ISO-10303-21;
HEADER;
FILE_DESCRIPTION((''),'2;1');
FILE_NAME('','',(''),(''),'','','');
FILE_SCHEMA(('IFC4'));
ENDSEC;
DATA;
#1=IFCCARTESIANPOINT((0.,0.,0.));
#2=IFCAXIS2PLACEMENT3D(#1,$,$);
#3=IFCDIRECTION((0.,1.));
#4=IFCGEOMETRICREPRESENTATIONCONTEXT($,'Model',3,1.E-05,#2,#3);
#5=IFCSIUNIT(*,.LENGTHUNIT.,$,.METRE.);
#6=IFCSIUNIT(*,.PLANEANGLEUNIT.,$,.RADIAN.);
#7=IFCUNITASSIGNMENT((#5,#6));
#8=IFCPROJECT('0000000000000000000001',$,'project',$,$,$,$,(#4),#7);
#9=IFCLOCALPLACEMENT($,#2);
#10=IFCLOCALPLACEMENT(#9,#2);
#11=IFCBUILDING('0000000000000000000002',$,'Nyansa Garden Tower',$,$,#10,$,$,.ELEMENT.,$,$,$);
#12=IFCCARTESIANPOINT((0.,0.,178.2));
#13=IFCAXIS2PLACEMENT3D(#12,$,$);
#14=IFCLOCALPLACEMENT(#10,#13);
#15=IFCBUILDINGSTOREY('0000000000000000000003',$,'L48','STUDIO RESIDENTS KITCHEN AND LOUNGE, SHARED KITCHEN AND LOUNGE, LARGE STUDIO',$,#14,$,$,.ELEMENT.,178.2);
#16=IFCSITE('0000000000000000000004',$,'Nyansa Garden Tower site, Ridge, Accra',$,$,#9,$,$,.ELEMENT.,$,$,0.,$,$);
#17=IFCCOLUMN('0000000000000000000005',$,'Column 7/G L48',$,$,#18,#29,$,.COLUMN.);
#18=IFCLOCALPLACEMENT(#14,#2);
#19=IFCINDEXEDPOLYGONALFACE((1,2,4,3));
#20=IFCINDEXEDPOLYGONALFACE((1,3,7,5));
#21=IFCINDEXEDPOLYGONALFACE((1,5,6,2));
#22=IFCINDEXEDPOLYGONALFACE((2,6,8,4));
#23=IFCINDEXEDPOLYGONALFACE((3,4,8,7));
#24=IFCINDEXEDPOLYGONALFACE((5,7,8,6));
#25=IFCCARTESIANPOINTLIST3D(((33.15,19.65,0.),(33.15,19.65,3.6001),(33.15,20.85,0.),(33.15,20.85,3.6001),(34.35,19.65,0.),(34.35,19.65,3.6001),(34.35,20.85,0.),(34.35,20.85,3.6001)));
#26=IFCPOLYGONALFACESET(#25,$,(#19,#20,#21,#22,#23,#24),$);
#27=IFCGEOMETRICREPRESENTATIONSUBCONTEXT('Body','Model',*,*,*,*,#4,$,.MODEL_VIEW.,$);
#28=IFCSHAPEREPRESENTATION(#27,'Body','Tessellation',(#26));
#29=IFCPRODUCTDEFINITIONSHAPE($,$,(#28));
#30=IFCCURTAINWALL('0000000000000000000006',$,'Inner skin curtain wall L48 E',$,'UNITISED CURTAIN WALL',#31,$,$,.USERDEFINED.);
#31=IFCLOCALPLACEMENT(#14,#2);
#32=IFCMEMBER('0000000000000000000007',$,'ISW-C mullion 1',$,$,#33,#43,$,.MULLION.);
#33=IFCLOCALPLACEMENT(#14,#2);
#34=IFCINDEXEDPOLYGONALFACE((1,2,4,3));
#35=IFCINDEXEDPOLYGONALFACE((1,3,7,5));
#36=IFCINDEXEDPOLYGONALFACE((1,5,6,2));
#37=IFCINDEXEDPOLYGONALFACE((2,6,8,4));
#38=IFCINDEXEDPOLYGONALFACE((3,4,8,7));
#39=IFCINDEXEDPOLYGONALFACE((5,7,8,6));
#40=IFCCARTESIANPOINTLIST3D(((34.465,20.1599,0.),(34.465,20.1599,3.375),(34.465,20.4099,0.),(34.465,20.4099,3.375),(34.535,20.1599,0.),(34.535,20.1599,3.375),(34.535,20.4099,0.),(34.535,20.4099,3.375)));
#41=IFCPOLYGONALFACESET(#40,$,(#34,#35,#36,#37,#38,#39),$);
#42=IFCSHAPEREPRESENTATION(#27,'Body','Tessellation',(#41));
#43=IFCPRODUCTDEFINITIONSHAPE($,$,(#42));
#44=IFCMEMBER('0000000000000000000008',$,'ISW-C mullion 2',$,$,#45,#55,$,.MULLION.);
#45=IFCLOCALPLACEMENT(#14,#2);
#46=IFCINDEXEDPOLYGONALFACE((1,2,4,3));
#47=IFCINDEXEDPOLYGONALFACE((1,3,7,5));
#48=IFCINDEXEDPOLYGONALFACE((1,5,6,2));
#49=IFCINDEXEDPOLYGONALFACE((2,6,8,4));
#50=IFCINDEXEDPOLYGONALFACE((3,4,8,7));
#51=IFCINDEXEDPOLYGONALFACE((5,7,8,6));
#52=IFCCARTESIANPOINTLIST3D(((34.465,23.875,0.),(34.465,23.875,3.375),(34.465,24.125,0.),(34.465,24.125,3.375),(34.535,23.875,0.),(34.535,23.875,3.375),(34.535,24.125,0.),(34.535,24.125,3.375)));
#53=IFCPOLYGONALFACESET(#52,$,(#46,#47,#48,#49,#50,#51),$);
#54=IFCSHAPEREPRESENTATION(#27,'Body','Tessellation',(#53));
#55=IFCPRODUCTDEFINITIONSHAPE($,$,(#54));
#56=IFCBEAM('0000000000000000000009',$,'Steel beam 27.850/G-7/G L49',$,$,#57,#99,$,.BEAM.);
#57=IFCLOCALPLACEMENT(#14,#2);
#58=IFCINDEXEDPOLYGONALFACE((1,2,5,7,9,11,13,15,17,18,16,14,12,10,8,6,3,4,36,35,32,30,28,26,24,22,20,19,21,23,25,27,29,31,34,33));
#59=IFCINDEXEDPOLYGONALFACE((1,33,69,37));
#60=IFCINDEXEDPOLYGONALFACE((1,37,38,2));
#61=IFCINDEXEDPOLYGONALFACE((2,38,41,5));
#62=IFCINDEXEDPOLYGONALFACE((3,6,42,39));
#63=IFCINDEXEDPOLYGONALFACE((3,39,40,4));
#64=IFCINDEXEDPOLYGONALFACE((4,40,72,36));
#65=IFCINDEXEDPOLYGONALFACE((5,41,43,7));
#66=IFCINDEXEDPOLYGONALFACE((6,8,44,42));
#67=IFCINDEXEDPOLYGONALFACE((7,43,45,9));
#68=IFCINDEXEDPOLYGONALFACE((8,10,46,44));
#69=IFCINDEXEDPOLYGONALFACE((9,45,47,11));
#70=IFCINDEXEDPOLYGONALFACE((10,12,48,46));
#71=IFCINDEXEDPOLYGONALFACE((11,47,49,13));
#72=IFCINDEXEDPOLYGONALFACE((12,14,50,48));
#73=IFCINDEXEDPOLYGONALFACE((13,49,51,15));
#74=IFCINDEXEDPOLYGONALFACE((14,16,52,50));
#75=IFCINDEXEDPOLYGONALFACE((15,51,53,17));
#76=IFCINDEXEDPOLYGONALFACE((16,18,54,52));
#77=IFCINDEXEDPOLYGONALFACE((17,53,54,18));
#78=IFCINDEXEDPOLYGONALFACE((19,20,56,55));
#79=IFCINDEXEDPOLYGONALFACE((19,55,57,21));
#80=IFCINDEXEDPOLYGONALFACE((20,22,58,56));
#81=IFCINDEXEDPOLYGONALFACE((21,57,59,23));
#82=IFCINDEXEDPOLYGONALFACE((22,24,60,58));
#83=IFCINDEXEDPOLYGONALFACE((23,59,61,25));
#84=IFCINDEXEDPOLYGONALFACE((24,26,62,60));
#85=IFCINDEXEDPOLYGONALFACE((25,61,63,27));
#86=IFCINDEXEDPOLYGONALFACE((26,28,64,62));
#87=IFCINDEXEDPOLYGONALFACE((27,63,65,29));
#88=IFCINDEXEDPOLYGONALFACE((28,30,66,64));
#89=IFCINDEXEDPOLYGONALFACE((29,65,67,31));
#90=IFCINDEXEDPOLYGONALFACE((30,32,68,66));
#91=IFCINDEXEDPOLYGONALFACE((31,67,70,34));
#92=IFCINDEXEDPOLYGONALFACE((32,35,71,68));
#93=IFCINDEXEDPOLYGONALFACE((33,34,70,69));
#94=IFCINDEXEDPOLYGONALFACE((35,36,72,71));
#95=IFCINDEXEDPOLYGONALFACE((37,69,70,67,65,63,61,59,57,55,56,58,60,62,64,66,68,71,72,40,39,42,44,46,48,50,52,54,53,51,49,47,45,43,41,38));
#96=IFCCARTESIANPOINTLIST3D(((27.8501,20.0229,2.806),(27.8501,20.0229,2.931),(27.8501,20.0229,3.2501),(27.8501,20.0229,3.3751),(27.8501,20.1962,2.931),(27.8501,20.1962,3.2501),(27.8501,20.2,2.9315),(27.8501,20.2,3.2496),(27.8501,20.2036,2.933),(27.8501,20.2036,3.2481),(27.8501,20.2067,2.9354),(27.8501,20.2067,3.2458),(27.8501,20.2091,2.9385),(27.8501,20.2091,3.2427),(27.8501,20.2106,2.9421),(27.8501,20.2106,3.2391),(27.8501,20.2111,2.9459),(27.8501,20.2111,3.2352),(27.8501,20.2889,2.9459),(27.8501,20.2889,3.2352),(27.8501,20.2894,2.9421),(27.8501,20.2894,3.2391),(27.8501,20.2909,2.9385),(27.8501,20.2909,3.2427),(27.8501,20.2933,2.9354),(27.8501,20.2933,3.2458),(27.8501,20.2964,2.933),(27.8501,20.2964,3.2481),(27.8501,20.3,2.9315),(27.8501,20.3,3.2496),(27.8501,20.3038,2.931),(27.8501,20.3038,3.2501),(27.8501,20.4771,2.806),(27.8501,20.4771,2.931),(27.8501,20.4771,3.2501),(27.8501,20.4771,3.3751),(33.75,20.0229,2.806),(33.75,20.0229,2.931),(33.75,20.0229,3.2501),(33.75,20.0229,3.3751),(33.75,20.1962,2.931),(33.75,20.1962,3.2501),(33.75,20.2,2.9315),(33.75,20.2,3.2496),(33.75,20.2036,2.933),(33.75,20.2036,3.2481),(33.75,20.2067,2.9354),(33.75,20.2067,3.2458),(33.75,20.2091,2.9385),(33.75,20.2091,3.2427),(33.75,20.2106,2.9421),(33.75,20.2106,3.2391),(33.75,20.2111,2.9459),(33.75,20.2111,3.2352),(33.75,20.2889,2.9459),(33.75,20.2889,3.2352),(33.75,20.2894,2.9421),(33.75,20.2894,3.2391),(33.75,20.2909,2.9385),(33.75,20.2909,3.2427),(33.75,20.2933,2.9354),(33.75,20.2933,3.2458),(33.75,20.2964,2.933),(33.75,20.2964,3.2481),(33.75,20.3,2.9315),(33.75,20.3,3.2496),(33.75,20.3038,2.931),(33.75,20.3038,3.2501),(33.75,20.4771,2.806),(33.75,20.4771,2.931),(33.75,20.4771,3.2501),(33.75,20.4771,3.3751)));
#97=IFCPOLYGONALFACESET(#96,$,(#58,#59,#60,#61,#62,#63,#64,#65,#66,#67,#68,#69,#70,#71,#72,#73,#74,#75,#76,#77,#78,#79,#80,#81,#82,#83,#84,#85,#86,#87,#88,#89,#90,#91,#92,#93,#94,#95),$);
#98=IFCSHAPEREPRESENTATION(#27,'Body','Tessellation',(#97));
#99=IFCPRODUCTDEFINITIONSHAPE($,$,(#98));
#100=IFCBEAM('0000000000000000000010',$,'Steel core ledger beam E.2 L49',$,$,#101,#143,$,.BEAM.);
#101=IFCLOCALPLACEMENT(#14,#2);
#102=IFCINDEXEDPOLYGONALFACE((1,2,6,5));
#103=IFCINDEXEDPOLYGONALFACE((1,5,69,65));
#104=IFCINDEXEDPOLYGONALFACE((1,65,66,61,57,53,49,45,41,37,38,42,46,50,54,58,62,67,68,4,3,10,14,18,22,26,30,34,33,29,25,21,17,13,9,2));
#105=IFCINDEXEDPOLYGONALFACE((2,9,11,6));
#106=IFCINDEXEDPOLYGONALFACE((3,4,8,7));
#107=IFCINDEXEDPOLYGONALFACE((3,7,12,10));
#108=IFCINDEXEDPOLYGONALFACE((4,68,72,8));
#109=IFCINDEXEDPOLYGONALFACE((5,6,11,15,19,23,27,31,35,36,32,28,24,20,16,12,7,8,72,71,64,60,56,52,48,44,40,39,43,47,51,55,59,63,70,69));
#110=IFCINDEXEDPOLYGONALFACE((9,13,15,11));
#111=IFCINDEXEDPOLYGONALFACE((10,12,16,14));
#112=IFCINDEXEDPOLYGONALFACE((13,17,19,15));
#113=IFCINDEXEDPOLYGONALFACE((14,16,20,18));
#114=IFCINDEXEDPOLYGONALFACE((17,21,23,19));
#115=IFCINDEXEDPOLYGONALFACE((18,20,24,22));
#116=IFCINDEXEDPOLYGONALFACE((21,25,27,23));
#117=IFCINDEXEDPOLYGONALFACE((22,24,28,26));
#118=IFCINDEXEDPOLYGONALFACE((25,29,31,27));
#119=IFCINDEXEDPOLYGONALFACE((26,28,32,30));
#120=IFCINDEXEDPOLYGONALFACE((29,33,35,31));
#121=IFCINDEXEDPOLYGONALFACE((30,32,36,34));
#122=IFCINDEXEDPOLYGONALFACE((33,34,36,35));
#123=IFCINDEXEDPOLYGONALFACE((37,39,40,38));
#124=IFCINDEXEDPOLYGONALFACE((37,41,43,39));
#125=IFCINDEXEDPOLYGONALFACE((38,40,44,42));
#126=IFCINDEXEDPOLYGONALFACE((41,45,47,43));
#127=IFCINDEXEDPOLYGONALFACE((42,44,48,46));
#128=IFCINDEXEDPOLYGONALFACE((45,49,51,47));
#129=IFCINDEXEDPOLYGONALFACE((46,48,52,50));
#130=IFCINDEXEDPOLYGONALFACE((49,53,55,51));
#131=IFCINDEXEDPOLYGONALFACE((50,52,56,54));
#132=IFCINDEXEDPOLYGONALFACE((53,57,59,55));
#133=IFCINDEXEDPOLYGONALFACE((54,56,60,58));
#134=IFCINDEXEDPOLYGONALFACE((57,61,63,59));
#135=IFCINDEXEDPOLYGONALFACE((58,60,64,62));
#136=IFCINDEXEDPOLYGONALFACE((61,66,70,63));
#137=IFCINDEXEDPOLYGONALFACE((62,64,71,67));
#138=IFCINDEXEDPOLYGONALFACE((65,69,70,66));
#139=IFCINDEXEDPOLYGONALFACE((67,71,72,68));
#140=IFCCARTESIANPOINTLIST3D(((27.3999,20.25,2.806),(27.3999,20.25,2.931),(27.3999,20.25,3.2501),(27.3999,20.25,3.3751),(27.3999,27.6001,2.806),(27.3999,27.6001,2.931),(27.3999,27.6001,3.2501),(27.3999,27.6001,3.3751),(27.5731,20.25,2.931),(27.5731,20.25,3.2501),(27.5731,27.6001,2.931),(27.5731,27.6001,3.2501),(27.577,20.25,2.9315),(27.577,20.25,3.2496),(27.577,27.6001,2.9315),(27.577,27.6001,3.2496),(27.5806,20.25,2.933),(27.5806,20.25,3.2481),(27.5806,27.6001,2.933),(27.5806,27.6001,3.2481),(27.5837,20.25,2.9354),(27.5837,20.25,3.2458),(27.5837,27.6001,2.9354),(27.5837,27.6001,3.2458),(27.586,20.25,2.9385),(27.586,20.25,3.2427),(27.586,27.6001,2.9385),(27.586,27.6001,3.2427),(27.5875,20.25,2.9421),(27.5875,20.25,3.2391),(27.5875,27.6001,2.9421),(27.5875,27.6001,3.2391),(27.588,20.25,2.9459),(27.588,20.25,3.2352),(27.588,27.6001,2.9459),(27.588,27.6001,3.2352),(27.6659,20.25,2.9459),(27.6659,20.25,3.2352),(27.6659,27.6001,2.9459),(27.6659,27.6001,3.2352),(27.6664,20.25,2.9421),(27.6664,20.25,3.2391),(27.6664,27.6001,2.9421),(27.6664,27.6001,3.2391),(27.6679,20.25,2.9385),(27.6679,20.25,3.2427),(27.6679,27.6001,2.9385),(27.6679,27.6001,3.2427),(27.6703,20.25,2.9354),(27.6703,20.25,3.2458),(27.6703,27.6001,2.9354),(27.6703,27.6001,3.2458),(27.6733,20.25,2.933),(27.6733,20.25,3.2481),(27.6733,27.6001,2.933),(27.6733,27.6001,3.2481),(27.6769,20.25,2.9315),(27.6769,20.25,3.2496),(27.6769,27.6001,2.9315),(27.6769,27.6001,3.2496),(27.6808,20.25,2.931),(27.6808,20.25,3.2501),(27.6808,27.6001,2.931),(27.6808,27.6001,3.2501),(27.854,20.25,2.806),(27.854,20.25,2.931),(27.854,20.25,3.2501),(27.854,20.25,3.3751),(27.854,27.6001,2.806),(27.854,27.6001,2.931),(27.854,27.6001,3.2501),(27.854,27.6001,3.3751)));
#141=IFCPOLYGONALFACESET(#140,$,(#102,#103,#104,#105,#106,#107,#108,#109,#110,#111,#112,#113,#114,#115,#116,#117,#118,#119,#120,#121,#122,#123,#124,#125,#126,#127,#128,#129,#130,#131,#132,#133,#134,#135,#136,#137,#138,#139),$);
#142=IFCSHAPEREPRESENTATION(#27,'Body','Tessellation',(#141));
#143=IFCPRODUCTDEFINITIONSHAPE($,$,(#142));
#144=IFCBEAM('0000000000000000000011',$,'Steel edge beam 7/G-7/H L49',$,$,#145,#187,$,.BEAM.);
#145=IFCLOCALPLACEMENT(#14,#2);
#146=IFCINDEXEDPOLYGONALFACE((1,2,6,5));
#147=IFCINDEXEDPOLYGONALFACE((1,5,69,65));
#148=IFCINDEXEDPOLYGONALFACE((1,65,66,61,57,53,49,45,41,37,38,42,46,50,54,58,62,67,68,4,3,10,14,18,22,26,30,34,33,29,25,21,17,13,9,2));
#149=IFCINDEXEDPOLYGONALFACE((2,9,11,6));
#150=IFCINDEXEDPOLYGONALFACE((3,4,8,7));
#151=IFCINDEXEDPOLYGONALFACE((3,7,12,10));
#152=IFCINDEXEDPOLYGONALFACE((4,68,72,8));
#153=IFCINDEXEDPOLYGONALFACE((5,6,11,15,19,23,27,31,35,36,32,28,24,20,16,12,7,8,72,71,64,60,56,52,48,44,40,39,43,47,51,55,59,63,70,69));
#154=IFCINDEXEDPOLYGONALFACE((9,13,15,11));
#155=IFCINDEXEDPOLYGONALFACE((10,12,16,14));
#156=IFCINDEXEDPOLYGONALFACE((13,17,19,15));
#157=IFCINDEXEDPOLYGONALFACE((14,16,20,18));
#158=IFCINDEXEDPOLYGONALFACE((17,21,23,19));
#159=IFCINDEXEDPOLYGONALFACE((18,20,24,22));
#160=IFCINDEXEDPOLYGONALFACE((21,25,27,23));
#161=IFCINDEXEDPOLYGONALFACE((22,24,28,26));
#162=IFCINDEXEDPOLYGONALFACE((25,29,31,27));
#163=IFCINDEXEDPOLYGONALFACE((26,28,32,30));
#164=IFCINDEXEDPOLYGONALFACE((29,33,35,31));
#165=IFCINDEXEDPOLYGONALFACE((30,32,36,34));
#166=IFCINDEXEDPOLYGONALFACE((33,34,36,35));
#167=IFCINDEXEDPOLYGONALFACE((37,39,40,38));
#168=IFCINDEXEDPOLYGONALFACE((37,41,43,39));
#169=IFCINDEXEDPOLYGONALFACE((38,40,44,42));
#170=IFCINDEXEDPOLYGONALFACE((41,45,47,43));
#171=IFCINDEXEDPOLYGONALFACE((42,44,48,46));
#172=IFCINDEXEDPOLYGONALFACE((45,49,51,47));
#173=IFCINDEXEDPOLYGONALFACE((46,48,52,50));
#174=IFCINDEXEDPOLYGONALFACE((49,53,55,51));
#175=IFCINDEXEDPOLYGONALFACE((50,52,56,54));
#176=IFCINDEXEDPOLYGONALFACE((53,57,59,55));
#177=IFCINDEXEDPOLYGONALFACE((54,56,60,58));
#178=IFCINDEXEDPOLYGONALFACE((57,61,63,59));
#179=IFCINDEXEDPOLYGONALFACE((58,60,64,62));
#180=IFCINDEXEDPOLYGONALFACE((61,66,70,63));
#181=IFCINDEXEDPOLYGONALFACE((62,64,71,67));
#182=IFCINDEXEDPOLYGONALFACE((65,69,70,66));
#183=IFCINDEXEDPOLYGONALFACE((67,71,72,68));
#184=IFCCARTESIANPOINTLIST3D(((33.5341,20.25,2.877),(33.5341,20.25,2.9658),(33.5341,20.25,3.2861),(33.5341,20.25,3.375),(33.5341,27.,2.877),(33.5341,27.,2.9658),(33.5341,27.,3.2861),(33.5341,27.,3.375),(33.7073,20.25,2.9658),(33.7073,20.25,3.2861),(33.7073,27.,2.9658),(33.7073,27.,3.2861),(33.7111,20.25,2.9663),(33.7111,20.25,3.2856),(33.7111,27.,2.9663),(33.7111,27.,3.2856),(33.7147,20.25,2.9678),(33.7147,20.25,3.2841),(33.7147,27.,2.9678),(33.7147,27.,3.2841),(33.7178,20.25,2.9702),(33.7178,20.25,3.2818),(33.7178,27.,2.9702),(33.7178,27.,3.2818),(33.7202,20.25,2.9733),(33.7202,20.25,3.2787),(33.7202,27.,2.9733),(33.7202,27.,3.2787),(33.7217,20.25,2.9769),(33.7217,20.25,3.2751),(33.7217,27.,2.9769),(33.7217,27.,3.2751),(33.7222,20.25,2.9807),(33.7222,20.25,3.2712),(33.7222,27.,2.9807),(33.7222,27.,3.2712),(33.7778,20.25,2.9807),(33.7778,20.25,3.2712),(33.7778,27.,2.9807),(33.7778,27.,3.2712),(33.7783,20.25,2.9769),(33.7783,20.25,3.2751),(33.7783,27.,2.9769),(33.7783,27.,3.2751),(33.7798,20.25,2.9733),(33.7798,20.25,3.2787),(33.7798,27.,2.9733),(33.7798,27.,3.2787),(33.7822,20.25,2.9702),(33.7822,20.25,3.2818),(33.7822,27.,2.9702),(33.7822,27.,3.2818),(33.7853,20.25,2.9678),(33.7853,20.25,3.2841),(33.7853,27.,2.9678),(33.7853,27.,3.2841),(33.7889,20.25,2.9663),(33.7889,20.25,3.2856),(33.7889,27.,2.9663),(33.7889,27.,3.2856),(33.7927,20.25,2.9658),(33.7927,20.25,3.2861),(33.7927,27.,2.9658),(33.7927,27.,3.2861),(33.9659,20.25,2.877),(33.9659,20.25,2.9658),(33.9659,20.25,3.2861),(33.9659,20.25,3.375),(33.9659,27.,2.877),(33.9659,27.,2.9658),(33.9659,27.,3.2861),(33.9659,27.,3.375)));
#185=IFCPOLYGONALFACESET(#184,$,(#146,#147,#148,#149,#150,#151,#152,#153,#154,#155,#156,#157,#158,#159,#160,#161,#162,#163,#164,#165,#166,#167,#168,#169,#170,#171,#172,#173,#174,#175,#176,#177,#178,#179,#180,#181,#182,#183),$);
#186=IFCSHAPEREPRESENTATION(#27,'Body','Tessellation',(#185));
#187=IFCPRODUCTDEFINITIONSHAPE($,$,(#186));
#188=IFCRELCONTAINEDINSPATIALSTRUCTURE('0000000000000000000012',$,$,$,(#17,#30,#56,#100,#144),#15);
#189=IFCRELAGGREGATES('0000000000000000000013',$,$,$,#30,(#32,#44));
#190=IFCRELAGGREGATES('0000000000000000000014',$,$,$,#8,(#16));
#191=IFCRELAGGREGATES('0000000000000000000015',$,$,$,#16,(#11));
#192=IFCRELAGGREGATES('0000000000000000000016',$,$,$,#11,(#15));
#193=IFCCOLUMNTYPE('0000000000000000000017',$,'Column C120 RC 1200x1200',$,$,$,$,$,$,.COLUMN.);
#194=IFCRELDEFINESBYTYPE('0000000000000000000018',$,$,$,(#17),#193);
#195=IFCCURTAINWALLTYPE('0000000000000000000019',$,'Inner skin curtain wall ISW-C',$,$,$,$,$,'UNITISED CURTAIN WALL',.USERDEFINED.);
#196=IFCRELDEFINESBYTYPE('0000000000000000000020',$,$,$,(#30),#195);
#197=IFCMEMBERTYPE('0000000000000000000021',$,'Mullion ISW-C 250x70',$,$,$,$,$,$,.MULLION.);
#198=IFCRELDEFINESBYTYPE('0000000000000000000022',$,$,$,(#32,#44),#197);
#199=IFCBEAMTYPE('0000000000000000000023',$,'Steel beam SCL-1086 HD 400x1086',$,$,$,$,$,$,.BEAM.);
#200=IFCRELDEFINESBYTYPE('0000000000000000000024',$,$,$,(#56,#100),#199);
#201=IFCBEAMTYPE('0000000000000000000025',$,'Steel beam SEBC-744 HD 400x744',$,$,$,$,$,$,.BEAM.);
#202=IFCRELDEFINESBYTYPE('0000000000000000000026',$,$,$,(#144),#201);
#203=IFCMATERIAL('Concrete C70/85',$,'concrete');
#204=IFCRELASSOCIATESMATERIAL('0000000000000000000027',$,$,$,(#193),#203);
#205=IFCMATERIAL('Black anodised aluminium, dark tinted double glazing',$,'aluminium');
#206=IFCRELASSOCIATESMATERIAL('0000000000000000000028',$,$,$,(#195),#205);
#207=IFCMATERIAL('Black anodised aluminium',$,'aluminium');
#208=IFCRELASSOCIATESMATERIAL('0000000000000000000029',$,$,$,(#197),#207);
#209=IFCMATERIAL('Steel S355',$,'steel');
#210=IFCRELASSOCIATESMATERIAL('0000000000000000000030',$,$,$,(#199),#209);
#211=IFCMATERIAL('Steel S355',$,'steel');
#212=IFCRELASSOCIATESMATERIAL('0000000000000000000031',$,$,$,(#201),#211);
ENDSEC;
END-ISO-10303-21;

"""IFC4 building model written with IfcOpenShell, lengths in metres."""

from ifc_helpers import new_model, si_unit, direction, frame, origin, origin_2d, place, context, subcontext, project, spatial, rectangle, i_section, extrude, material, material_profile, profile_set, type_object, element, aggregate, save


model = new_model("IFC4")

# Units and contexts
model_context = context("Model", 3, precision=1e-05, world=origin(), true_north=direction((0.0, 1.0)))
body_context = subcontext(model_context, "Body", "Model", "MODEL_VIEW")
ifc_project = project(units=[si_unit("LENGTHUNIT", "METRE"), si_unit("PLANEANGLEUNIT", "RADIAN")], contexts=[model_context])

# Site, building, storey
site_placement = place(None, origin())
site = spatial("IfcSite", under=ifc_project, at=site_placement, Name="Nyansa Garden Tower site, Ridge, Accra", CompositionType="ELEMENT", RefElevation=0.0)
building_placement = place(site_placement, origin())
building = spatial("IfcBuilding", under=site, at=building_placement, Name="Nyansa Garden Tower", CompositionType="ELEMENT")
storey_placement = place(building_placement, frame((0.0, 0.0, 178.2)))
storey = spatial("IfcBuildingStorey", under=building, at=storey_placement, Name="L48", Description="STUDIO RESIDENTS KITCHEN AND LOUNGE, SHARED KITCHEN AND LOUNGE, LARGE STUDIO", CompositionType="ELEMENT", Elevation=178.2)

# Column
ifc_material_1 = material(Name="Concrete C70/85", Category="concrete")
ifc_material_profile_1 = material_profile(ifc_material_1, rectangle(XDim=1.2, YDim=1.2, at=origin_2d()), Name="RC 1200x1200")
ifc_profile_set_1 = profile_set([ifc_material_profile_1], Name="Concrete C70/85")
column_type = type_object("IfcColumnType", Name="Column C120 RC 1200x1200", PredefinedType="COLUMN", material=ifc_profile_set_1)
column_placement = place(storey_placement, frame((33.75, 20.25, 0.0), z_axis=(0.0, 0.0, 1.0), x_axis=(1.0, 0.0, 0.0)))
element("IfcColumn", 1, at=column_placement, inside=storey, type_object=column_type, Name="Column 7/G L48", PredefinedType="COLUMN", context=body_context, shape_type="SweptSolid", body=[
    extrude(rectangle(XDim=1.2, YDim=1.2, at=origin_2d()), origin(), (0.0, 0.0, 1.0), 3.6001),
])

# Curtain wall, members
ifc_material_2 = material(Name="Black anodised aluminium, dark tinted double glazing", Category="aluminium")
curtain_wall_type = type_object("IfcCurtainWallType", Name="Inner skin curtain wall ISW-C", ElementType="UNITISED CURTAIN WALL", PredefinedType="USERDEFINED", material=ifc_material_2)
curtain_wall_placement = place(storey_placement, origin())
curtain_wall = element("IfcCurtainWall", 2, at=curtain_wall_placement, inside=storey, type_object=curtain_wall_type, Name="Inner skin curtain wall L48 E", ObjectType="UNITISED CURTAIN WALL", PredefinedType="USERDEFINED")
ifc_material_3 = material(Name="Black anodised aluminium", Category="aluminium")
ifc_material_profile_2 = material_profile(ifc_material_3, rectangle(XDim=0.0701, YDim=0.25, at=origin_2d()), Name="Mullion 250x70")
ifc_profile_set_2 = profile_set([ifc_material_profile_2], Name="Black anodised aluminium")
member_type_1 = type_object("IfcMemberType", Name="Mullion ISW-C 250x70", PredefinedType="MULLION", material=ifc_profile_set_2)
member_1_placement = place(storey_placement, frame((34.5, 20.2849, 0.0), z_axis=(0.0, 0.0, 1.0), x_axis=(-1.0, 0.0, 0.0)))
member_1 = element("IfcMember", 3, at=member_1_placement, type_object=member_type_1, Name="ISW-C mullion 1", PredefinedType="MULLION", context=body_context, shape_type="SweptSolid", body=[
    extrude(rectangle(XDim=0.0701, YDim=0.25, at=origin_2d()), origin(), (0.0, 0.0, 1.0), 3.375),
])
member_2_placement = place(storey_placement, frame((34.5, 24.0, 0.0), z_axis=(0.0, 0.0, 1.0), x_axis=(-1.0, 0.0, 0.0)))
member_2 = element("IfcMember", 4, at=member_2_placement, type_object=member_type_1, Name="ISW-C mullion 2", PredefinedType="MULLION", context=body_context, shape_type="SweptSolid", body=[
    extrude(rectangle(XDim=0.0701, YDim=0.25, at=origin_2d()), origin(), (0.0, 0.0, 1.0), 3.375),
])

# Beams
ifc_material_4 = material(Name="Steel S355", Category="steel")
ifc_material_profile_3 = material_profile(ifc_material_4, i_section(OverallWidth=0.4541, OverallDepth=0.5691, WebThickness=0.0779, FlangeThickness=0.125, FilletRadius=0.0149, at=origin_2d()), Name="HD 400x1086")
ifc_profile_set_3 = profile_set([ifc_material_profile_3], Name="Steel S355")
beam_type_1 = type_object("IfcBeamType", Name="Steel beam SCL-1086 HD 400x1086", PredefinedType="BEAM", material=ifc_profile_set_3)
beam_1_placement = place(storey_placement, frame((27.8501, 20.25, 3.0906), z_axis=(1.0, 0.0, 0.0), x_axis=(0.0, 1.0, 0.0)))
element("IfcBeam", 5, at=beam_1_placement, inside=storey, type_object=beam_type_1, Name="Steel beam 27.850/G-7/G L49", PredefinedType="BEAM", context=body_context, shape_type="SweptSolid", body=[
    extrude(i_section(OverallWidth=0.4541, OverallDepth=0.5691, WebThickness=0.0779, FlangeThickness=0.125, FilletRadius=0.0149, at=origin_2d()), origin(), (0.0, 0.0, 1.0), 5.8999),
])
beam_2_placement = place(storey_placement, frame((27.627, 20.25, 3.0906), z_axis=(0.0, 1.0, 0.0), x_axis=(-1.0, 0.0, 0.0)))
element("IfcBeam", 6, at=beam_2_placement, inside=storey, type_object=beam_type_1, Name="Steel core ledger beam E.2 L49", PredefinedType="BEAM", context=body_context, shape_type="SweptSolid", body=[
    extrude(i_section(OverallWidth=0.4541, OverallDepth=0.5691, WebThickness=0.0779, FlangeThickness=0.125, FilletRadius=0.0149, at=origin_2d()), origin(), (0.0, 0.0, 1.0), 7.3501),
])
ifc_material_5 = material(Name="Steel S355", Category="steel")
ifc_material_profile_4 = material_profile(ifc_material_5, i_section(OverallWidth=0.4319, OverallDepth=0.498, WebThickness=0.0557, FlangeThickness=0.0889, FilletRadius=0.0149, at=origin_2d()), Name="HD 400x744")
ifc_profile_set_4 = profile_set([ifc_material_profile_4], Name="Steel S355")
beam_type_2 = type_object("IfcBeamType", Name="Steel beam SEBC-744 HD 400x744", PredefinedType="BEAM", material=ifc_profile_set_4)
beam_3_placement = place(storey_placement, frame((33.75, 20.25, 3.126), z_axis=(0.0, 1.0, 0.0), x_axis=(-1.0, 0.0, 0.0)))
element("IfcBeam", 7, at=beam_3_placement, inside=storey, type_object=beam_type_2, Name="Steel edge beam 7/G-7/H L49", PredefinedType="BEAM", context=body_context, shape_type="SweptSolid", body=[
    extrude(i_section(OverallWidth=0.4319, OverallDepth=0.498, WebThickness=0.0557, FlangeThickness=0.0889, FilletRadius=0.0149, at=origin_2d()), origin(), (0.0, 0.0, 1.0), 6.75),
])

aggregate(curtain_wall, [member_1, member_2])

save(model, "model.ifc")
